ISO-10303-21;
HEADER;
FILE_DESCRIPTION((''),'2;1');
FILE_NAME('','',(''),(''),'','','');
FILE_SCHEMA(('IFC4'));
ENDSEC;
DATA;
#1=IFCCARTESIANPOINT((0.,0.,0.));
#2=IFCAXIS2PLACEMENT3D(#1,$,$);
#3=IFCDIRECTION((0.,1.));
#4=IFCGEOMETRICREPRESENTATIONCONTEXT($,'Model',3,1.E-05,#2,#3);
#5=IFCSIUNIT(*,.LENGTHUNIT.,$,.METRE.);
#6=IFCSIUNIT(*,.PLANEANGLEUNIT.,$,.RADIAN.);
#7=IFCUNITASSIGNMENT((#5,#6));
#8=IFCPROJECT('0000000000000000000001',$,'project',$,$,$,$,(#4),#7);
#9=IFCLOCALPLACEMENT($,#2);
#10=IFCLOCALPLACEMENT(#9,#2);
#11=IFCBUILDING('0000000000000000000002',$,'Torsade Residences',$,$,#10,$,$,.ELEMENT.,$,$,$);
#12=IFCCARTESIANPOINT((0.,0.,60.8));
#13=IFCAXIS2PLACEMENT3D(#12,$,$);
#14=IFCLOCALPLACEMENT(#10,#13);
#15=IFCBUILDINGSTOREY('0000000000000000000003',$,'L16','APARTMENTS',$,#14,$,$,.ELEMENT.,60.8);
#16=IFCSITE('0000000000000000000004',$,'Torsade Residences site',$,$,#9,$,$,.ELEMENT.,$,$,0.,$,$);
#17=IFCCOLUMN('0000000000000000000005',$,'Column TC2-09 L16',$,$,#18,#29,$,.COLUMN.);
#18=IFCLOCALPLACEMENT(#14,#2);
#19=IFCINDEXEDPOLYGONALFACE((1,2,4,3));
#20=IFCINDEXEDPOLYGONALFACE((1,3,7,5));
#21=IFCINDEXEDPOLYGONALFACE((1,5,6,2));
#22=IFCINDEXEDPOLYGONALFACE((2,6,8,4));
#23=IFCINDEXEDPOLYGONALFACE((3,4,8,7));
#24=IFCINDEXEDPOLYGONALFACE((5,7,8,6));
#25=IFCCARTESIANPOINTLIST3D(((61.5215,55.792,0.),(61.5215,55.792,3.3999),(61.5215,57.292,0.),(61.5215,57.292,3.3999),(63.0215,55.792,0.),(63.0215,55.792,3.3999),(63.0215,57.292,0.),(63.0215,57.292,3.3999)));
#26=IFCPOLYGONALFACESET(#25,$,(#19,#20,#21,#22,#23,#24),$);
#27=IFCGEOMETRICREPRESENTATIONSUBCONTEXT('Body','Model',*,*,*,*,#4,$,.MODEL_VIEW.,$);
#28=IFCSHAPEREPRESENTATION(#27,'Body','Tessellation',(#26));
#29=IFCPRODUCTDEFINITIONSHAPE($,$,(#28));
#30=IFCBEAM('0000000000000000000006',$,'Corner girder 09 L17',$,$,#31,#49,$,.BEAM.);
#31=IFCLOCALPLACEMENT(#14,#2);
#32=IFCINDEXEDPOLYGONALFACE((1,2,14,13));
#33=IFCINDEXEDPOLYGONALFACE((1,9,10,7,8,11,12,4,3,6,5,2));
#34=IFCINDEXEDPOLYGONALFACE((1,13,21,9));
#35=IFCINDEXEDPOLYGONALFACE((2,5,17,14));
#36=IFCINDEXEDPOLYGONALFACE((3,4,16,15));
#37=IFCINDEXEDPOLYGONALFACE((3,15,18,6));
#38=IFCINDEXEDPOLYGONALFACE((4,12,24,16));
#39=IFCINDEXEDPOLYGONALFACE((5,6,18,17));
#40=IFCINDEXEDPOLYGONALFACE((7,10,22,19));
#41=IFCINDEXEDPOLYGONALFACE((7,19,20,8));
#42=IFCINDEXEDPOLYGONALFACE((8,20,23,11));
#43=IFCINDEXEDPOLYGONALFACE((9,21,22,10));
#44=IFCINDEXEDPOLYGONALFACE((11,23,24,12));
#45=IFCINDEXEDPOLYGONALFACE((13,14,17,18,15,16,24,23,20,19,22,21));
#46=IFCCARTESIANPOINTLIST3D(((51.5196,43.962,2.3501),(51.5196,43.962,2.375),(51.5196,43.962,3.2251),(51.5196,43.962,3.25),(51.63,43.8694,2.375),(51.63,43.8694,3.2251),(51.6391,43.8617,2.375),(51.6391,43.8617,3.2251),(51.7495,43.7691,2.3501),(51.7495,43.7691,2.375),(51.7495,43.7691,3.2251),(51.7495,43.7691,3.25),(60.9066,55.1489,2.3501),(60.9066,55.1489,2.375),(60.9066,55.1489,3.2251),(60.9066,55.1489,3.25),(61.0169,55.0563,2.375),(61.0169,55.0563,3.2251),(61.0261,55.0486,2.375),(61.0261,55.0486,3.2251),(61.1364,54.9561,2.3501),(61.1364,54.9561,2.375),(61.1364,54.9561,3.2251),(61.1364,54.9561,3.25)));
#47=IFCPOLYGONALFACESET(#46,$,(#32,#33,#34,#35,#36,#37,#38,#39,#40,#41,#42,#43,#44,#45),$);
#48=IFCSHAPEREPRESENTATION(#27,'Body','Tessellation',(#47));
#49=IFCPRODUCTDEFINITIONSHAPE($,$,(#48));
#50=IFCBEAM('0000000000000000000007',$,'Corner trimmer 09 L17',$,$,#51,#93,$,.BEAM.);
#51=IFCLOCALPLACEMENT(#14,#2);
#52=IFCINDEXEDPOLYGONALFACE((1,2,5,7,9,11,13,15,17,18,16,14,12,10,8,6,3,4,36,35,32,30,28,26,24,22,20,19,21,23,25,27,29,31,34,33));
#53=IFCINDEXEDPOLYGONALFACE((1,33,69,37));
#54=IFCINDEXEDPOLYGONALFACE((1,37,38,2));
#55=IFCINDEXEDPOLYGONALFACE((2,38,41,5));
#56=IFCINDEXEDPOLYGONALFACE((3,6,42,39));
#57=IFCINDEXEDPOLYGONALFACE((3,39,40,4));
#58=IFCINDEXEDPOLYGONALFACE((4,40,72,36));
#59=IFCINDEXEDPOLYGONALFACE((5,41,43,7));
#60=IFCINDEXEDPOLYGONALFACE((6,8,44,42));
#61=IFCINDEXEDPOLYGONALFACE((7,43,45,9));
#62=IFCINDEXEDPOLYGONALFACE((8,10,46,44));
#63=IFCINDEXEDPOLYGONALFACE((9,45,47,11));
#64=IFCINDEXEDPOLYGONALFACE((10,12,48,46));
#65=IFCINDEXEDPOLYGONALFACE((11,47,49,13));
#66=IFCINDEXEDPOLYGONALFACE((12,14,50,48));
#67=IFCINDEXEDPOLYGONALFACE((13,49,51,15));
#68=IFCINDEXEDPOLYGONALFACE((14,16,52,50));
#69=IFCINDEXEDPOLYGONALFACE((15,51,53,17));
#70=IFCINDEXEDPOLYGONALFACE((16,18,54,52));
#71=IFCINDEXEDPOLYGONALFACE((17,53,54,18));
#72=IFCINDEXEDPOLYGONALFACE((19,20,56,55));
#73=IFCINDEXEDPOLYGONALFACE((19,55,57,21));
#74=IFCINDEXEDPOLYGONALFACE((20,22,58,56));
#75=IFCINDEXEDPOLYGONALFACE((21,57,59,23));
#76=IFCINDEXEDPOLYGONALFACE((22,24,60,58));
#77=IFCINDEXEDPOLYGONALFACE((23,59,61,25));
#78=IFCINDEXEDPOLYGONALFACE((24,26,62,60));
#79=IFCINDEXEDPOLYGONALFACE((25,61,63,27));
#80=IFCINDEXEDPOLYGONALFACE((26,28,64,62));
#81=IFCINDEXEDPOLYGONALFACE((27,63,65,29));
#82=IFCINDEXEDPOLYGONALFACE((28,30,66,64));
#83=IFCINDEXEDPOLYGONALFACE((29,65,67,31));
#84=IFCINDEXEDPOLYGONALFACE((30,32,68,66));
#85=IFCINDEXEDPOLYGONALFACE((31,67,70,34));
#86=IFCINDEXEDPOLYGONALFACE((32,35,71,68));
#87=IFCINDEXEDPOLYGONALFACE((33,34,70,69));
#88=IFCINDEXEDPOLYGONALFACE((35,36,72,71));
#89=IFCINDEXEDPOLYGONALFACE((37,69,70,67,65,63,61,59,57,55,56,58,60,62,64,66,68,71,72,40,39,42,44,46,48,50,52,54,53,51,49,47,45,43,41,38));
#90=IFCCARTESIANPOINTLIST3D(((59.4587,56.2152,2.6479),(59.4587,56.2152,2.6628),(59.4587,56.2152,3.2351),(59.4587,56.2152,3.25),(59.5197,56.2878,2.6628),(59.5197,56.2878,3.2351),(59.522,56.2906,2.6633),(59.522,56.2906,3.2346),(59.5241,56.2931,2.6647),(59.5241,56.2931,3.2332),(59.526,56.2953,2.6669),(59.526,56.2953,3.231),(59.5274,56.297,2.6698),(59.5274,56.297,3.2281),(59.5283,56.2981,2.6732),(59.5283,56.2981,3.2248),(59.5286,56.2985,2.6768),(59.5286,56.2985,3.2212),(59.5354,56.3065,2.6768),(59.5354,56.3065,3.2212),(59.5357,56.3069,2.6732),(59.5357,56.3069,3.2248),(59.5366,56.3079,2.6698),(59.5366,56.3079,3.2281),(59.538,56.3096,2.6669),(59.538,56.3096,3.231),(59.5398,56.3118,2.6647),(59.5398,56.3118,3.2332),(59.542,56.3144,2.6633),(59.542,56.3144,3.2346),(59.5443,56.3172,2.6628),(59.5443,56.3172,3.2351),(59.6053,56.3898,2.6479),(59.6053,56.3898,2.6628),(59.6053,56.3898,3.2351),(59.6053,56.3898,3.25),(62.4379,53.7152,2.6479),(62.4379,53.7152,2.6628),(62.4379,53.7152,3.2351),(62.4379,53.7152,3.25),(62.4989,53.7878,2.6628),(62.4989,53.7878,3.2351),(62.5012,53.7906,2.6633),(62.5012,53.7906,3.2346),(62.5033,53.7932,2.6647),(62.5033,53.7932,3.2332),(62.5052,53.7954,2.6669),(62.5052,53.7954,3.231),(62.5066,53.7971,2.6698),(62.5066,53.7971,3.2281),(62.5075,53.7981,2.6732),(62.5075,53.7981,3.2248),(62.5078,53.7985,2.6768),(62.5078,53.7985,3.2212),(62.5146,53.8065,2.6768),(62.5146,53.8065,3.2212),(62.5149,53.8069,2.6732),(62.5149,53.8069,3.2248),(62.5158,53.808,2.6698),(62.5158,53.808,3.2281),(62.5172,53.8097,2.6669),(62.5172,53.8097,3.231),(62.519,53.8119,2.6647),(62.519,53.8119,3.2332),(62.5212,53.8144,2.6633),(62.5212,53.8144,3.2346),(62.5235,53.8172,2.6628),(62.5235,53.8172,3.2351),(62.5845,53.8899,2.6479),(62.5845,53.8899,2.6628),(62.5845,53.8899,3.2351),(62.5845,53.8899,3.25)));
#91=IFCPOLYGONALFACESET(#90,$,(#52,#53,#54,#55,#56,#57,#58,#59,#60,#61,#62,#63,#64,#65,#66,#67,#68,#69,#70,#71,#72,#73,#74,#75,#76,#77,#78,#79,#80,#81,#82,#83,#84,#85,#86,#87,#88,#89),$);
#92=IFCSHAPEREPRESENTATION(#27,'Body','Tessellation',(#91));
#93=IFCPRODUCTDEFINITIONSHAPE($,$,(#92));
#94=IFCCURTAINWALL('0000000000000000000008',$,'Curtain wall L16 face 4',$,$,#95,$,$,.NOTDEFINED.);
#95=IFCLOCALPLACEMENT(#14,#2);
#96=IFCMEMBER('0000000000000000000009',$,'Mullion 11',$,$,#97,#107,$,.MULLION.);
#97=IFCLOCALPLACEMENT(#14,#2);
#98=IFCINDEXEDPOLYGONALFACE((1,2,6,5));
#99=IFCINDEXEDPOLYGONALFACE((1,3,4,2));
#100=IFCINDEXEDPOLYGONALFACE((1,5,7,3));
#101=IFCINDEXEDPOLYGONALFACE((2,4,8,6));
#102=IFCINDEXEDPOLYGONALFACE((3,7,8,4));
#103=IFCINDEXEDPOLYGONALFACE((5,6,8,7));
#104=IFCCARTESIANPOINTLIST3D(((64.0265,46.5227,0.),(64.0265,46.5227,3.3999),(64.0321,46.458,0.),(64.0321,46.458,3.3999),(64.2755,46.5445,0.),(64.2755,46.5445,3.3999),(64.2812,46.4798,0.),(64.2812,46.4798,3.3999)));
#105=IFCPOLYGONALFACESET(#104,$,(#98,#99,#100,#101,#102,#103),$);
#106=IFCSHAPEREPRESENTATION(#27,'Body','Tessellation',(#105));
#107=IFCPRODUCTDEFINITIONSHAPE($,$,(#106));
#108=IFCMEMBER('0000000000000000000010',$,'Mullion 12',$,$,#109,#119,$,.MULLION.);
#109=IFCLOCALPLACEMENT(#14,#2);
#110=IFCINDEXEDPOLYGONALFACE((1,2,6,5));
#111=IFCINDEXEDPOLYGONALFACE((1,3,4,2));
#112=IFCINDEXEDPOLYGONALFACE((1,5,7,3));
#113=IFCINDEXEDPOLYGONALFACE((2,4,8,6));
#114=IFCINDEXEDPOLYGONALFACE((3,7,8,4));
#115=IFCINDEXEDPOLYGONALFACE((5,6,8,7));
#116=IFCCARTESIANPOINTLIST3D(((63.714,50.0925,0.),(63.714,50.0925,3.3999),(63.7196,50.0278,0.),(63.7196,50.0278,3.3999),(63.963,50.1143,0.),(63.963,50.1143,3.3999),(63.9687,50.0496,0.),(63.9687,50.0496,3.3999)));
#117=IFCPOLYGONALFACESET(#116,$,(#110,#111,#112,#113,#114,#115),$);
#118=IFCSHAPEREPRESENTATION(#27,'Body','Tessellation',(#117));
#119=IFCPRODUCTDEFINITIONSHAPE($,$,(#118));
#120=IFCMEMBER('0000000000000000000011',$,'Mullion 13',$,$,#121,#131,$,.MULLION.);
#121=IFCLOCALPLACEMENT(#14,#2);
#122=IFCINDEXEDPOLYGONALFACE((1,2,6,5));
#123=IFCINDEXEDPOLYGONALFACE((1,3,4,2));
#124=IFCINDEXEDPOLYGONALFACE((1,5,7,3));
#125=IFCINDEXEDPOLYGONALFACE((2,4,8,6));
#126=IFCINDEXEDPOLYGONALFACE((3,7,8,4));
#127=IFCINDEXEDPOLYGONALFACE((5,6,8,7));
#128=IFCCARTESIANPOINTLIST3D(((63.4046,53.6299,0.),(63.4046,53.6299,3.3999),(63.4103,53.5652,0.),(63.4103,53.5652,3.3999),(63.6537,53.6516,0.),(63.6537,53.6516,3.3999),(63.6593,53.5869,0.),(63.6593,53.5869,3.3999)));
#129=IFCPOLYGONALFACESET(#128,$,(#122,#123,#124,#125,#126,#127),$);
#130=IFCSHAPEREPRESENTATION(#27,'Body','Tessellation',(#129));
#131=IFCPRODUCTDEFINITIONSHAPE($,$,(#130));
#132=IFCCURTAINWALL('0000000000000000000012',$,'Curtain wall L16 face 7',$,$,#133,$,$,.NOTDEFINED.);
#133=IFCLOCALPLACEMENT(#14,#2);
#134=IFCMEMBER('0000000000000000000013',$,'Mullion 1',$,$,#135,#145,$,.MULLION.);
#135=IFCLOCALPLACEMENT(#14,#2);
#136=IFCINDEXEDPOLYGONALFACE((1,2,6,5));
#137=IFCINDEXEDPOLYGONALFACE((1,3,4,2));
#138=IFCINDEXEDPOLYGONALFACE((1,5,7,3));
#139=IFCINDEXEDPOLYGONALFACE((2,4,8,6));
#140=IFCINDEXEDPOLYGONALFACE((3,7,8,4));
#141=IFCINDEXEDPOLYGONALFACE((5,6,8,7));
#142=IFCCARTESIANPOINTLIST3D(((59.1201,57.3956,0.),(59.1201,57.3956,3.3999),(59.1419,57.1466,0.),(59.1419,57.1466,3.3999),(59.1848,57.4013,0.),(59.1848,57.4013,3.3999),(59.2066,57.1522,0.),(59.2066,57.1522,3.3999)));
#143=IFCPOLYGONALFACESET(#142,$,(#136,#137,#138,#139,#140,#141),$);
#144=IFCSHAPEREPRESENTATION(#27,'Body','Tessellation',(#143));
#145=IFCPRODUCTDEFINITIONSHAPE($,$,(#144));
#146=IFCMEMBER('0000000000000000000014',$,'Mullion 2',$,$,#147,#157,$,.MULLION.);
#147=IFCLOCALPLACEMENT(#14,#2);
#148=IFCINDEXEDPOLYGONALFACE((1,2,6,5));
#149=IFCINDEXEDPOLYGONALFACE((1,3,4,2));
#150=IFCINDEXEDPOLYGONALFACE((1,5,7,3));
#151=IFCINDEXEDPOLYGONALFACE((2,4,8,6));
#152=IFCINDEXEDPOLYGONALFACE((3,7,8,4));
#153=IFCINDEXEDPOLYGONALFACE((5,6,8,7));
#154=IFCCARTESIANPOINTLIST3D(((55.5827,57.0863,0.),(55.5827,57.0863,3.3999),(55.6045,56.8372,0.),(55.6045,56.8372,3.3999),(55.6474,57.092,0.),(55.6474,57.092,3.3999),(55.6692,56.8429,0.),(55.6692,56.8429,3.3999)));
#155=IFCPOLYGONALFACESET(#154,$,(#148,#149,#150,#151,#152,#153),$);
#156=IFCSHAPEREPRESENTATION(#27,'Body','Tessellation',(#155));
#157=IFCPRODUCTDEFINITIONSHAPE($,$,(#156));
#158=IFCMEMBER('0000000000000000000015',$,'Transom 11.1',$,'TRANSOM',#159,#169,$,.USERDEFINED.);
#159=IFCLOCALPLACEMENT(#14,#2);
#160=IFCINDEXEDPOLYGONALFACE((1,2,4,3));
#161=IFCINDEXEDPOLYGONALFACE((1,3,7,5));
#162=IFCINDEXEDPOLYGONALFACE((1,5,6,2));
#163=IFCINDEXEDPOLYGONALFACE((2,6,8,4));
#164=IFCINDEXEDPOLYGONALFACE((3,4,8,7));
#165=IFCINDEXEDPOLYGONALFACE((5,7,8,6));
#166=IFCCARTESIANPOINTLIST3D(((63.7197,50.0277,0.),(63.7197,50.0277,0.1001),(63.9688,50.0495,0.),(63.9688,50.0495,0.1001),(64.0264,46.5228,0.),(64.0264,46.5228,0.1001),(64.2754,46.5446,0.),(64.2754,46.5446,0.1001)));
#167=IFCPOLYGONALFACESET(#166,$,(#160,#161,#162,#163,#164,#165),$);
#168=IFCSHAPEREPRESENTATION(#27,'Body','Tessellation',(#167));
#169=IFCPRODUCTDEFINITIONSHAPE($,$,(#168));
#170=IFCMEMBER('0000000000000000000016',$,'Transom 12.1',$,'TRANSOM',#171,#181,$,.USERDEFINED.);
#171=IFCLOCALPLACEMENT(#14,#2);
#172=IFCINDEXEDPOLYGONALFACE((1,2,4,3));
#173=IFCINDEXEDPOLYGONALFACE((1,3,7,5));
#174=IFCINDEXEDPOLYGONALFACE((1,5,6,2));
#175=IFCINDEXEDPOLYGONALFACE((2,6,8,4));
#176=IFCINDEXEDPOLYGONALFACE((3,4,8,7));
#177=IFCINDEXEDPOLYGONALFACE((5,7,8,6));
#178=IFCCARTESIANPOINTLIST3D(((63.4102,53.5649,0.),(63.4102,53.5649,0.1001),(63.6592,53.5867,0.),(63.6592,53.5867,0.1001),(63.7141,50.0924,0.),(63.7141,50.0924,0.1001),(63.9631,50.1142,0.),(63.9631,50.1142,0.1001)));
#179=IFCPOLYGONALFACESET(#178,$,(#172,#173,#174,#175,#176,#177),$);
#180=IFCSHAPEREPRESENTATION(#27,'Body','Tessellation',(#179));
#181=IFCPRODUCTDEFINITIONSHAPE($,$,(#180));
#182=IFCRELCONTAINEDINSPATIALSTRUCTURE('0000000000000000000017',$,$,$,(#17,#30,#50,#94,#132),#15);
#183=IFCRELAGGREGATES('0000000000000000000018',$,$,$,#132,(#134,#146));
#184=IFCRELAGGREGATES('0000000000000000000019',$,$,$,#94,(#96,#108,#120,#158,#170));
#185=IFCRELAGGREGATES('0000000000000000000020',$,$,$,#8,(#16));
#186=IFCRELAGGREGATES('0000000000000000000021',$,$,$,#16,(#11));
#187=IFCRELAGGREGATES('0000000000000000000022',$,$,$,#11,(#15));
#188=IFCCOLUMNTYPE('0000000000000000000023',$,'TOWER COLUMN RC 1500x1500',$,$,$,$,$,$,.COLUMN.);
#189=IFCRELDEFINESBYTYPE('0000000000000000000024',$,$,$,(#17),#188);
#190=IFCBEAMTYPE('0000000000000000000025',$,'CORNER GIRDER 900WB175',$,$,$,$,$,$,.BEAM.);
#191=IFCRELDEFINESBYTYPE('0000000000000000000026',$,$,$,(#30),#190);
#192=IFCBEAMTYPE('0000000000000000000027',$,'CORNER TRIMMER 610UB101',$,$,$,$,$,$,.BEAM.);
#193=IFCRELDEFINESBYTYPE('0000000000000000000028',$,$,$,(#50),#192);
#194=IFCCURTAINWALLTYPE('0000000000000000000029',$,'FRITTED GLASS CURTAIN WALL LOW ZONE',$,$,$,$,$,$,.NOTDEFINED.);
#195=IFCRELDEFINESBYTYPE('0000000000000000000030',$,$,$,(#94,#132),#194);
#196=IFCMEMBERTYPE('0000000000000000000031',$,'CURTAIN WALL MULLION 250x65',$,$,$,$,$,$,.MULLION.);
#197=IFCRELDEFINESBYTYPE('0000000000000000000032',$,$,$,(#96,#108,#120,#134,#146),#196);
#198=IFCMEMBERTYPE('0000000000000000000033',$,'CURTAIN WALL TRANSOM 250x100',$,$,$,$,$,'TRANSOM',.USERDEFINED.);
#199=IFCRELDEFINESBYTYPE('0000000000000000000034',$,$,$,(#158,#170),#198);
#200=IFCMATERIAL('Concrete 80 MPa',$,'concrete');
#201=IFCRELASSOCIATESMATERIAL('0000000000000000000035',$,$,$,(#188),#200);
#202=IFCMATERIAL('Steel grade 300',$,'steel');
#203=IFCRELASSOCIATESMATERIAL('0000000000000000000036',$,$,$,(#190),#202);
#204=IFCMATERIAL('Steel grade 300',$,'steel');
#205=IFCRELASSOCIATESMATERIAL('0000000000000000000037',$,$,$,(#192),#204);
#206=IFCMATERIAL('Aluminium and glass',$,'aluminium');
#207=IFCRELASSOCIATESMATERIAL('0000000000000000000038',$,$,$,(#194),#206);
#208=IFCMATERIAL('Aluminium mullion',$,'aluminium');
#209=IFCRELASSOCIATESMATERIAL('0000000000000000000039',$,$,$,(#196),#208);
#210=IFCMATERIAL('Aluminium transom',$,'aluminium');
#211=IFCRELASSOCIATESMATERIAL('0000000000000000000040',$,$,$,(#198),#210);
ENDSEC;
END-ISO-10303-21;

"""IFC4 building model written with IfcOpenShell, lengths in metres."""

from ifc_helpers import new_model, si_unit, direction, frame, origin, origin_2d, place, context, subcontext, project, spatial, rectangle, i_section, extrude, material, material_profile, profile_set, type_object, element, aggregate, save


model = new_model("IFC4")

# Units and contexts
model_context = context("Model", 3, precision=1e-05, world=origin(), true_north=direction((0.0, 1.0)))
body_context = subcontext(model_context, "Body", "Model", "MODEL_VIEW")
ifc_project = project(units=[si_unit("LENGTHUNIT", "METRE"), si_unit("PLANEANGLEUNIT", "RADIAN")], contexts=[model_context])

# Site, building, storey
site_placement = place(None, origin())
site = spatial("IfcSite", under=ifc_project, at=site_placement, Name="Torsade Residences site", CompositionType="ELEMENT", RefElevation=0.0)
building_placement = place(site_placement, origin())
building = spatial("IfcBuilding", under=site, at=building_placement, Name="Torsade Residences", CompositionType="ELEMENT")
storey_placement = place(building_placement, frame((0.0, 0.0, 60.8)))
storey = spatial("IfcBuildingStorey", under=building, at=storey_placement, Name="L16", Description="APARTMENTS", CompositionType="ELEMENT", Elevation=60.8)

# Column
ifc_material_1 = material(Name="Concrete 80 MPa", Category="concrete")
ifc_material_profile_1 = material_profile(ifc_material_1, rectangle(XDim=1.5, YDim=1.5, at=origin_2d()), Name="RC 1500x1500")
ifc_profile_set_1 = profile_set([ifc_material_profile_1], Name="Concrete 80 MPa")
column_type = type_object("IfcColumnType", Name="TOWER COLUMN RC 1500x1500", PredefinedType="COLUMN", material=ifc_profile_set_1)
column_placement = place(storey_placement, frame((62.2715, 56.542, 0.0), z_axis=(0.0, 0.0, 1.0), x_axis=(1.0, 0.0, 0.0)))
element("IfcColumn", 1, at=column_placement, inside=storey, type_object=column_type, Name="Column TC2-09 L16", PredefinedType="COLUMN", context=body_context, shape_type="SweptSolid", body=[
    extrude(rectangle(XDim=1.5, YDim=1.5, at=origin_2d()), origin(), (0.0, 0.0, 1.0), 3.3999),
])

# Beams
ifc_material_2 = material(Name="Steel grade 300", Category="steel")
ifc_material_profile_2 = material_profile(ifc_material_2, i_section(OverallWidth=0.3, OverallDepth=0.8999, WebThickness=0.012, FlangeThickness=0.0249, at=origin_2d()), Name="900WB175")
ifc_profile_set_2 = profile_set([ifc_material_profile_2], Name="Steel grade 300")
beam_type_1 = type_object("IfcBeamType", Name="CORNER GIRDER 900WB175", PredefinedType="BEAM", material=ifc_profile_set_2)
beam_1_placement = place(storey_placement, frame((61.0215, 55.0525, 2.8), z_axis=(-0.642785, -0.766046, 0.0), x_axis=(0.766046, -0.642785, 0.0)))
element("IfcBeam", 2, at=beam_1_placement, inside=storey, type_object=beam_type_1, Name="Corner girder 09 L17", PredefinedType="BEAM", context=body_context, shape_type="SweptSolid", body=[
    extrude(i_section(OverallWidth=0.3, OverallDepth=0.8999, WebThickness=0.012, FlangeThickness=0.0249, at=origin_2d()), origin(), (0.0, 0.0, 1.0), 14.6035),
])
ifc_material_3 = material(Name="Steel grade 300", Category="steel")
ifc_material_profile_3 = material_profile(ifc_material_3, i_section(OverallWidth=0.228, OverallDepth=0.6021, WebThickness=0.0105, FlangeThickness=0.0149, FilletRadius=0.0139, at=origin_2d()), Name="610UB101")
ifc_profile_set_3 = profile_set([ifc_material_profile_3], Name="Steel grade 300")
beam_type_2 = type_object("IfcBeamType", Name="CORNER TRIMMER 610UB101", PredefinedType="BEAM", material=ifc_profile_set_3)
beam_2_placement = place(storey_placement, frame((59.532, 56.3025, 2.949), z_axis=(0.76603, -0.642805, 0.0), x_axis=(0.642805, 0.76603, 0.0)))
element("IfcBeam", 3, at=beam_2_placement, inside=storey, type_object=beam_type_2, Name="Corner trimmer 09 L17", PredefinedType="BEAM", context=body_context, shape_type="SweptSolid", body=[
    extrude(i_section(OverallWidth=0.228, OverallDepth=0.6021, WebThickness=0.0105, FlangeThickness=0.0149, FilletRadius=0.0139, at=origin_2d()), origin(), (0.0, 0.0, 1.0), 3.8892),
])

# Curtain walls, members
ifc_material_4 = material(Name="Aluminium and glass", Category="aluminium")
curtain_wall_type = type_object("IfcCurtainWallType", Name="FRITTED GLASS CURTAIN WALL LOW ZONE", PredefinedType="NOTDEFINED", material=ifc_material_4)
curtain_wall_1_placement = place(storey_placement, origin())
curtain_wall_1 = element("IfcCurtainWall", 4, at=curtain_wall_1_placement, inside=storey, type_object=curtain_wall_type, Name="Curtain wall L16 face 4", PredefinedType="NOTDEFINED")
ifc_material_5 = material(Name="Aluminium mullion", Category="aluminium")
ifc_material_profile_4 = material_profile(ifc_material_5, rectangle(XDim=0.25, YDim=0.0649, at=origin_2d()), Name="CURTAIN WALL MULLION 250x65")
ifc_profile_set_4 = profile_set([ifc_material_profile_4], Name="Aluminium mullion")
member_type_1 = type_object("IfcMemberType", Name="CURTAIN WALL MULLION 250x65", PredefinedType="MULLION", material=ifc_profile_set_4)
member_1_placement = place(storey_placement, frame((64.1538, 46.5012, 0.0), z_axis=(0.0, 0.0, 1.0), x_axis=(-0.996195, -0.087156, 0.0)))
member_1 = element("IfcMember", 5, at=member_1_placement, type_object=member_type_1, Name="Mullion 11", PredefinedType="MULLION", context=body_context, shape_type="SweptSolid", body=[
    extrude(rectangle(XDim=0.25, YDim=0.0649, at=origin_2d()), origin(), (0.0, 0.0, 1.0), 3.3999),
])
member_2_placement = place(storey_placement, frame((63.8413, 50.071, 0.0), z_axis=(0.0, 0.0, 1.0), x_axis=(-0.996195, -0.087156, 0.0)))
member_2 = element("IfcMember", 6, at=member_2_placement, type_object=member_type_1, Name="Mullion 12", PredefinedType="MULLION", context=body_context, shape_type="SweptSolid", body=[
    extrude(rectangle(XDim=0.25, YDim=0.0649, at=origin_2d()), origin(), (0.0, 0.0, 1.0), 3.3999),
])
member_3_placement = place(storey_placement, frame((63.532, 53.6084, 0.0), z_axis=(0.0, 0.0, 1.0), x_axis=(-0.996195, -0.087156, 0.0)))
member_3 = element("IfcMember", 7, at=member_3_placement, type_object=member_type_1, Name="Mullion 13", PredefinedType="MULLION", context=body_context, shape_type="SweptSolid", body=[
    extrude(rectangle(XDim=0.25, YDim=0.0649, at=origin_2d()), origin(), (0.0, 0.0, 1.0), 3.3999),
])
curtain_wall_2_placement = place(storey_placement, origin())
curtain_wall_2 = element("IfcCurtainWall", 8, at=curtain_wall_2_placement, inside=storey, type_object=curtain_wall_type, Name="Curtain wall L16 face 7", PredefinedType="NOTDEFINED")
member_4_placement = place(storey_placement, frame((59.1633, 57.2739, 0.0), z_axis=(0.0, 0.0, 1.0), x_axis=(0.087156, -0.996195, 0.0)))
member_4 = element("IfcMember", 9, at=member_4_placement, type_object=member_type_1, Name="Mullion 1", PredefinedType="MULLION", context=body_context, shape_type="SweptSolid", body=[
    extrude(rectangle(XDim=0.25, YDim=0.0649, at=origin_2d()), origin(), (0.0, 0.0, 1.0), 3.3999),
])
member_5_placement = place(storey_placement, frame((55.626, 56.9646, 0.0), z_axis=(0.0, 0.0, 1.0), x_axis=(0.087156, -0.996195, 0.0)))
member_5 = element("IfcMember", 10, at=member_5_placement, type_object=member_type_1, Name="Mullion 2", PredefinedType="MULLION", context=body_context, shape_type="SweptSolid", body=[
    extrude(rectangle(XDim=0.25, YDim=0.0649, at=origin_2d()), origin(), (0.0, 0.0, 1.0), 3.3999),
])

# Members
ifc_material_6 = material(Name="Aluminium transom", Category="aluminium")
ifc_material_profile_5 = material_profile(ifc_material_6, rectangle(XDim=0.25, YDim=0.1001, at=origin_2d()), Name="CURTAIN WALL TRANSOM 250x100")
ifc_profile_set_5 = profile_set([ifc_material_profile_5], Name="Aluminium transom")
member_type_2 = type_object("IfcMemberType", Name="CURTAIN WALL TRANSOM 250x100", ElementType="TRANSOM", PredefinedType="USERDEFINED", material=ifc_profile_set_5)
member_6_placement = place(storey_placement, frame((64.1509, 46.5337, 0.05), z_axis=(-0.087157, 0.996195, 0.0), x_axis=(-0.996195, -0.087157, 0.0)))
member_6 = element("IfcMember", 11, at=member_6_placement, type_object=member_type_2, Name="Transom 11.1", ObjectType="TRANSOM", PredefinedType="USERDEFINED", context=body_context, shape_type="SweptSolid", body=[
    extrude(rectangle(XDim=0.25, YDim=0.1001, at=origin_2d()), origin(), (0.0, 0.0, 1.0), 3.5183),
])
member_7_placement = place(storey_placement, frame((63.8386, 50.1033, 0.05), z_axis=(-0.087195, 0.996191, 0.0), x_axis=(-0.996191, -0.087195, 0.0)))
member_7 = element("IfcMember", 12, at=member_7_placement, type_object=member_type_2, Name="Transom 12.1", ObjectType="TRANSOM", PredefinedType="USERDEFINED", context=body_context, shape_type="SweptSolid", body=[
    extrude(rectangle(XDim=0.25, YDim=0.1001, at=origin_2d()), origin(), (0.0, 0.0, 1.0), 3.4858),
])

aggregate(curtain_wall_2, [member_4, member_5])
aggregate(curtain_wall_1, [member_1, member_2, member_3, member_6, member_7])

save(model, "model.ifc")
